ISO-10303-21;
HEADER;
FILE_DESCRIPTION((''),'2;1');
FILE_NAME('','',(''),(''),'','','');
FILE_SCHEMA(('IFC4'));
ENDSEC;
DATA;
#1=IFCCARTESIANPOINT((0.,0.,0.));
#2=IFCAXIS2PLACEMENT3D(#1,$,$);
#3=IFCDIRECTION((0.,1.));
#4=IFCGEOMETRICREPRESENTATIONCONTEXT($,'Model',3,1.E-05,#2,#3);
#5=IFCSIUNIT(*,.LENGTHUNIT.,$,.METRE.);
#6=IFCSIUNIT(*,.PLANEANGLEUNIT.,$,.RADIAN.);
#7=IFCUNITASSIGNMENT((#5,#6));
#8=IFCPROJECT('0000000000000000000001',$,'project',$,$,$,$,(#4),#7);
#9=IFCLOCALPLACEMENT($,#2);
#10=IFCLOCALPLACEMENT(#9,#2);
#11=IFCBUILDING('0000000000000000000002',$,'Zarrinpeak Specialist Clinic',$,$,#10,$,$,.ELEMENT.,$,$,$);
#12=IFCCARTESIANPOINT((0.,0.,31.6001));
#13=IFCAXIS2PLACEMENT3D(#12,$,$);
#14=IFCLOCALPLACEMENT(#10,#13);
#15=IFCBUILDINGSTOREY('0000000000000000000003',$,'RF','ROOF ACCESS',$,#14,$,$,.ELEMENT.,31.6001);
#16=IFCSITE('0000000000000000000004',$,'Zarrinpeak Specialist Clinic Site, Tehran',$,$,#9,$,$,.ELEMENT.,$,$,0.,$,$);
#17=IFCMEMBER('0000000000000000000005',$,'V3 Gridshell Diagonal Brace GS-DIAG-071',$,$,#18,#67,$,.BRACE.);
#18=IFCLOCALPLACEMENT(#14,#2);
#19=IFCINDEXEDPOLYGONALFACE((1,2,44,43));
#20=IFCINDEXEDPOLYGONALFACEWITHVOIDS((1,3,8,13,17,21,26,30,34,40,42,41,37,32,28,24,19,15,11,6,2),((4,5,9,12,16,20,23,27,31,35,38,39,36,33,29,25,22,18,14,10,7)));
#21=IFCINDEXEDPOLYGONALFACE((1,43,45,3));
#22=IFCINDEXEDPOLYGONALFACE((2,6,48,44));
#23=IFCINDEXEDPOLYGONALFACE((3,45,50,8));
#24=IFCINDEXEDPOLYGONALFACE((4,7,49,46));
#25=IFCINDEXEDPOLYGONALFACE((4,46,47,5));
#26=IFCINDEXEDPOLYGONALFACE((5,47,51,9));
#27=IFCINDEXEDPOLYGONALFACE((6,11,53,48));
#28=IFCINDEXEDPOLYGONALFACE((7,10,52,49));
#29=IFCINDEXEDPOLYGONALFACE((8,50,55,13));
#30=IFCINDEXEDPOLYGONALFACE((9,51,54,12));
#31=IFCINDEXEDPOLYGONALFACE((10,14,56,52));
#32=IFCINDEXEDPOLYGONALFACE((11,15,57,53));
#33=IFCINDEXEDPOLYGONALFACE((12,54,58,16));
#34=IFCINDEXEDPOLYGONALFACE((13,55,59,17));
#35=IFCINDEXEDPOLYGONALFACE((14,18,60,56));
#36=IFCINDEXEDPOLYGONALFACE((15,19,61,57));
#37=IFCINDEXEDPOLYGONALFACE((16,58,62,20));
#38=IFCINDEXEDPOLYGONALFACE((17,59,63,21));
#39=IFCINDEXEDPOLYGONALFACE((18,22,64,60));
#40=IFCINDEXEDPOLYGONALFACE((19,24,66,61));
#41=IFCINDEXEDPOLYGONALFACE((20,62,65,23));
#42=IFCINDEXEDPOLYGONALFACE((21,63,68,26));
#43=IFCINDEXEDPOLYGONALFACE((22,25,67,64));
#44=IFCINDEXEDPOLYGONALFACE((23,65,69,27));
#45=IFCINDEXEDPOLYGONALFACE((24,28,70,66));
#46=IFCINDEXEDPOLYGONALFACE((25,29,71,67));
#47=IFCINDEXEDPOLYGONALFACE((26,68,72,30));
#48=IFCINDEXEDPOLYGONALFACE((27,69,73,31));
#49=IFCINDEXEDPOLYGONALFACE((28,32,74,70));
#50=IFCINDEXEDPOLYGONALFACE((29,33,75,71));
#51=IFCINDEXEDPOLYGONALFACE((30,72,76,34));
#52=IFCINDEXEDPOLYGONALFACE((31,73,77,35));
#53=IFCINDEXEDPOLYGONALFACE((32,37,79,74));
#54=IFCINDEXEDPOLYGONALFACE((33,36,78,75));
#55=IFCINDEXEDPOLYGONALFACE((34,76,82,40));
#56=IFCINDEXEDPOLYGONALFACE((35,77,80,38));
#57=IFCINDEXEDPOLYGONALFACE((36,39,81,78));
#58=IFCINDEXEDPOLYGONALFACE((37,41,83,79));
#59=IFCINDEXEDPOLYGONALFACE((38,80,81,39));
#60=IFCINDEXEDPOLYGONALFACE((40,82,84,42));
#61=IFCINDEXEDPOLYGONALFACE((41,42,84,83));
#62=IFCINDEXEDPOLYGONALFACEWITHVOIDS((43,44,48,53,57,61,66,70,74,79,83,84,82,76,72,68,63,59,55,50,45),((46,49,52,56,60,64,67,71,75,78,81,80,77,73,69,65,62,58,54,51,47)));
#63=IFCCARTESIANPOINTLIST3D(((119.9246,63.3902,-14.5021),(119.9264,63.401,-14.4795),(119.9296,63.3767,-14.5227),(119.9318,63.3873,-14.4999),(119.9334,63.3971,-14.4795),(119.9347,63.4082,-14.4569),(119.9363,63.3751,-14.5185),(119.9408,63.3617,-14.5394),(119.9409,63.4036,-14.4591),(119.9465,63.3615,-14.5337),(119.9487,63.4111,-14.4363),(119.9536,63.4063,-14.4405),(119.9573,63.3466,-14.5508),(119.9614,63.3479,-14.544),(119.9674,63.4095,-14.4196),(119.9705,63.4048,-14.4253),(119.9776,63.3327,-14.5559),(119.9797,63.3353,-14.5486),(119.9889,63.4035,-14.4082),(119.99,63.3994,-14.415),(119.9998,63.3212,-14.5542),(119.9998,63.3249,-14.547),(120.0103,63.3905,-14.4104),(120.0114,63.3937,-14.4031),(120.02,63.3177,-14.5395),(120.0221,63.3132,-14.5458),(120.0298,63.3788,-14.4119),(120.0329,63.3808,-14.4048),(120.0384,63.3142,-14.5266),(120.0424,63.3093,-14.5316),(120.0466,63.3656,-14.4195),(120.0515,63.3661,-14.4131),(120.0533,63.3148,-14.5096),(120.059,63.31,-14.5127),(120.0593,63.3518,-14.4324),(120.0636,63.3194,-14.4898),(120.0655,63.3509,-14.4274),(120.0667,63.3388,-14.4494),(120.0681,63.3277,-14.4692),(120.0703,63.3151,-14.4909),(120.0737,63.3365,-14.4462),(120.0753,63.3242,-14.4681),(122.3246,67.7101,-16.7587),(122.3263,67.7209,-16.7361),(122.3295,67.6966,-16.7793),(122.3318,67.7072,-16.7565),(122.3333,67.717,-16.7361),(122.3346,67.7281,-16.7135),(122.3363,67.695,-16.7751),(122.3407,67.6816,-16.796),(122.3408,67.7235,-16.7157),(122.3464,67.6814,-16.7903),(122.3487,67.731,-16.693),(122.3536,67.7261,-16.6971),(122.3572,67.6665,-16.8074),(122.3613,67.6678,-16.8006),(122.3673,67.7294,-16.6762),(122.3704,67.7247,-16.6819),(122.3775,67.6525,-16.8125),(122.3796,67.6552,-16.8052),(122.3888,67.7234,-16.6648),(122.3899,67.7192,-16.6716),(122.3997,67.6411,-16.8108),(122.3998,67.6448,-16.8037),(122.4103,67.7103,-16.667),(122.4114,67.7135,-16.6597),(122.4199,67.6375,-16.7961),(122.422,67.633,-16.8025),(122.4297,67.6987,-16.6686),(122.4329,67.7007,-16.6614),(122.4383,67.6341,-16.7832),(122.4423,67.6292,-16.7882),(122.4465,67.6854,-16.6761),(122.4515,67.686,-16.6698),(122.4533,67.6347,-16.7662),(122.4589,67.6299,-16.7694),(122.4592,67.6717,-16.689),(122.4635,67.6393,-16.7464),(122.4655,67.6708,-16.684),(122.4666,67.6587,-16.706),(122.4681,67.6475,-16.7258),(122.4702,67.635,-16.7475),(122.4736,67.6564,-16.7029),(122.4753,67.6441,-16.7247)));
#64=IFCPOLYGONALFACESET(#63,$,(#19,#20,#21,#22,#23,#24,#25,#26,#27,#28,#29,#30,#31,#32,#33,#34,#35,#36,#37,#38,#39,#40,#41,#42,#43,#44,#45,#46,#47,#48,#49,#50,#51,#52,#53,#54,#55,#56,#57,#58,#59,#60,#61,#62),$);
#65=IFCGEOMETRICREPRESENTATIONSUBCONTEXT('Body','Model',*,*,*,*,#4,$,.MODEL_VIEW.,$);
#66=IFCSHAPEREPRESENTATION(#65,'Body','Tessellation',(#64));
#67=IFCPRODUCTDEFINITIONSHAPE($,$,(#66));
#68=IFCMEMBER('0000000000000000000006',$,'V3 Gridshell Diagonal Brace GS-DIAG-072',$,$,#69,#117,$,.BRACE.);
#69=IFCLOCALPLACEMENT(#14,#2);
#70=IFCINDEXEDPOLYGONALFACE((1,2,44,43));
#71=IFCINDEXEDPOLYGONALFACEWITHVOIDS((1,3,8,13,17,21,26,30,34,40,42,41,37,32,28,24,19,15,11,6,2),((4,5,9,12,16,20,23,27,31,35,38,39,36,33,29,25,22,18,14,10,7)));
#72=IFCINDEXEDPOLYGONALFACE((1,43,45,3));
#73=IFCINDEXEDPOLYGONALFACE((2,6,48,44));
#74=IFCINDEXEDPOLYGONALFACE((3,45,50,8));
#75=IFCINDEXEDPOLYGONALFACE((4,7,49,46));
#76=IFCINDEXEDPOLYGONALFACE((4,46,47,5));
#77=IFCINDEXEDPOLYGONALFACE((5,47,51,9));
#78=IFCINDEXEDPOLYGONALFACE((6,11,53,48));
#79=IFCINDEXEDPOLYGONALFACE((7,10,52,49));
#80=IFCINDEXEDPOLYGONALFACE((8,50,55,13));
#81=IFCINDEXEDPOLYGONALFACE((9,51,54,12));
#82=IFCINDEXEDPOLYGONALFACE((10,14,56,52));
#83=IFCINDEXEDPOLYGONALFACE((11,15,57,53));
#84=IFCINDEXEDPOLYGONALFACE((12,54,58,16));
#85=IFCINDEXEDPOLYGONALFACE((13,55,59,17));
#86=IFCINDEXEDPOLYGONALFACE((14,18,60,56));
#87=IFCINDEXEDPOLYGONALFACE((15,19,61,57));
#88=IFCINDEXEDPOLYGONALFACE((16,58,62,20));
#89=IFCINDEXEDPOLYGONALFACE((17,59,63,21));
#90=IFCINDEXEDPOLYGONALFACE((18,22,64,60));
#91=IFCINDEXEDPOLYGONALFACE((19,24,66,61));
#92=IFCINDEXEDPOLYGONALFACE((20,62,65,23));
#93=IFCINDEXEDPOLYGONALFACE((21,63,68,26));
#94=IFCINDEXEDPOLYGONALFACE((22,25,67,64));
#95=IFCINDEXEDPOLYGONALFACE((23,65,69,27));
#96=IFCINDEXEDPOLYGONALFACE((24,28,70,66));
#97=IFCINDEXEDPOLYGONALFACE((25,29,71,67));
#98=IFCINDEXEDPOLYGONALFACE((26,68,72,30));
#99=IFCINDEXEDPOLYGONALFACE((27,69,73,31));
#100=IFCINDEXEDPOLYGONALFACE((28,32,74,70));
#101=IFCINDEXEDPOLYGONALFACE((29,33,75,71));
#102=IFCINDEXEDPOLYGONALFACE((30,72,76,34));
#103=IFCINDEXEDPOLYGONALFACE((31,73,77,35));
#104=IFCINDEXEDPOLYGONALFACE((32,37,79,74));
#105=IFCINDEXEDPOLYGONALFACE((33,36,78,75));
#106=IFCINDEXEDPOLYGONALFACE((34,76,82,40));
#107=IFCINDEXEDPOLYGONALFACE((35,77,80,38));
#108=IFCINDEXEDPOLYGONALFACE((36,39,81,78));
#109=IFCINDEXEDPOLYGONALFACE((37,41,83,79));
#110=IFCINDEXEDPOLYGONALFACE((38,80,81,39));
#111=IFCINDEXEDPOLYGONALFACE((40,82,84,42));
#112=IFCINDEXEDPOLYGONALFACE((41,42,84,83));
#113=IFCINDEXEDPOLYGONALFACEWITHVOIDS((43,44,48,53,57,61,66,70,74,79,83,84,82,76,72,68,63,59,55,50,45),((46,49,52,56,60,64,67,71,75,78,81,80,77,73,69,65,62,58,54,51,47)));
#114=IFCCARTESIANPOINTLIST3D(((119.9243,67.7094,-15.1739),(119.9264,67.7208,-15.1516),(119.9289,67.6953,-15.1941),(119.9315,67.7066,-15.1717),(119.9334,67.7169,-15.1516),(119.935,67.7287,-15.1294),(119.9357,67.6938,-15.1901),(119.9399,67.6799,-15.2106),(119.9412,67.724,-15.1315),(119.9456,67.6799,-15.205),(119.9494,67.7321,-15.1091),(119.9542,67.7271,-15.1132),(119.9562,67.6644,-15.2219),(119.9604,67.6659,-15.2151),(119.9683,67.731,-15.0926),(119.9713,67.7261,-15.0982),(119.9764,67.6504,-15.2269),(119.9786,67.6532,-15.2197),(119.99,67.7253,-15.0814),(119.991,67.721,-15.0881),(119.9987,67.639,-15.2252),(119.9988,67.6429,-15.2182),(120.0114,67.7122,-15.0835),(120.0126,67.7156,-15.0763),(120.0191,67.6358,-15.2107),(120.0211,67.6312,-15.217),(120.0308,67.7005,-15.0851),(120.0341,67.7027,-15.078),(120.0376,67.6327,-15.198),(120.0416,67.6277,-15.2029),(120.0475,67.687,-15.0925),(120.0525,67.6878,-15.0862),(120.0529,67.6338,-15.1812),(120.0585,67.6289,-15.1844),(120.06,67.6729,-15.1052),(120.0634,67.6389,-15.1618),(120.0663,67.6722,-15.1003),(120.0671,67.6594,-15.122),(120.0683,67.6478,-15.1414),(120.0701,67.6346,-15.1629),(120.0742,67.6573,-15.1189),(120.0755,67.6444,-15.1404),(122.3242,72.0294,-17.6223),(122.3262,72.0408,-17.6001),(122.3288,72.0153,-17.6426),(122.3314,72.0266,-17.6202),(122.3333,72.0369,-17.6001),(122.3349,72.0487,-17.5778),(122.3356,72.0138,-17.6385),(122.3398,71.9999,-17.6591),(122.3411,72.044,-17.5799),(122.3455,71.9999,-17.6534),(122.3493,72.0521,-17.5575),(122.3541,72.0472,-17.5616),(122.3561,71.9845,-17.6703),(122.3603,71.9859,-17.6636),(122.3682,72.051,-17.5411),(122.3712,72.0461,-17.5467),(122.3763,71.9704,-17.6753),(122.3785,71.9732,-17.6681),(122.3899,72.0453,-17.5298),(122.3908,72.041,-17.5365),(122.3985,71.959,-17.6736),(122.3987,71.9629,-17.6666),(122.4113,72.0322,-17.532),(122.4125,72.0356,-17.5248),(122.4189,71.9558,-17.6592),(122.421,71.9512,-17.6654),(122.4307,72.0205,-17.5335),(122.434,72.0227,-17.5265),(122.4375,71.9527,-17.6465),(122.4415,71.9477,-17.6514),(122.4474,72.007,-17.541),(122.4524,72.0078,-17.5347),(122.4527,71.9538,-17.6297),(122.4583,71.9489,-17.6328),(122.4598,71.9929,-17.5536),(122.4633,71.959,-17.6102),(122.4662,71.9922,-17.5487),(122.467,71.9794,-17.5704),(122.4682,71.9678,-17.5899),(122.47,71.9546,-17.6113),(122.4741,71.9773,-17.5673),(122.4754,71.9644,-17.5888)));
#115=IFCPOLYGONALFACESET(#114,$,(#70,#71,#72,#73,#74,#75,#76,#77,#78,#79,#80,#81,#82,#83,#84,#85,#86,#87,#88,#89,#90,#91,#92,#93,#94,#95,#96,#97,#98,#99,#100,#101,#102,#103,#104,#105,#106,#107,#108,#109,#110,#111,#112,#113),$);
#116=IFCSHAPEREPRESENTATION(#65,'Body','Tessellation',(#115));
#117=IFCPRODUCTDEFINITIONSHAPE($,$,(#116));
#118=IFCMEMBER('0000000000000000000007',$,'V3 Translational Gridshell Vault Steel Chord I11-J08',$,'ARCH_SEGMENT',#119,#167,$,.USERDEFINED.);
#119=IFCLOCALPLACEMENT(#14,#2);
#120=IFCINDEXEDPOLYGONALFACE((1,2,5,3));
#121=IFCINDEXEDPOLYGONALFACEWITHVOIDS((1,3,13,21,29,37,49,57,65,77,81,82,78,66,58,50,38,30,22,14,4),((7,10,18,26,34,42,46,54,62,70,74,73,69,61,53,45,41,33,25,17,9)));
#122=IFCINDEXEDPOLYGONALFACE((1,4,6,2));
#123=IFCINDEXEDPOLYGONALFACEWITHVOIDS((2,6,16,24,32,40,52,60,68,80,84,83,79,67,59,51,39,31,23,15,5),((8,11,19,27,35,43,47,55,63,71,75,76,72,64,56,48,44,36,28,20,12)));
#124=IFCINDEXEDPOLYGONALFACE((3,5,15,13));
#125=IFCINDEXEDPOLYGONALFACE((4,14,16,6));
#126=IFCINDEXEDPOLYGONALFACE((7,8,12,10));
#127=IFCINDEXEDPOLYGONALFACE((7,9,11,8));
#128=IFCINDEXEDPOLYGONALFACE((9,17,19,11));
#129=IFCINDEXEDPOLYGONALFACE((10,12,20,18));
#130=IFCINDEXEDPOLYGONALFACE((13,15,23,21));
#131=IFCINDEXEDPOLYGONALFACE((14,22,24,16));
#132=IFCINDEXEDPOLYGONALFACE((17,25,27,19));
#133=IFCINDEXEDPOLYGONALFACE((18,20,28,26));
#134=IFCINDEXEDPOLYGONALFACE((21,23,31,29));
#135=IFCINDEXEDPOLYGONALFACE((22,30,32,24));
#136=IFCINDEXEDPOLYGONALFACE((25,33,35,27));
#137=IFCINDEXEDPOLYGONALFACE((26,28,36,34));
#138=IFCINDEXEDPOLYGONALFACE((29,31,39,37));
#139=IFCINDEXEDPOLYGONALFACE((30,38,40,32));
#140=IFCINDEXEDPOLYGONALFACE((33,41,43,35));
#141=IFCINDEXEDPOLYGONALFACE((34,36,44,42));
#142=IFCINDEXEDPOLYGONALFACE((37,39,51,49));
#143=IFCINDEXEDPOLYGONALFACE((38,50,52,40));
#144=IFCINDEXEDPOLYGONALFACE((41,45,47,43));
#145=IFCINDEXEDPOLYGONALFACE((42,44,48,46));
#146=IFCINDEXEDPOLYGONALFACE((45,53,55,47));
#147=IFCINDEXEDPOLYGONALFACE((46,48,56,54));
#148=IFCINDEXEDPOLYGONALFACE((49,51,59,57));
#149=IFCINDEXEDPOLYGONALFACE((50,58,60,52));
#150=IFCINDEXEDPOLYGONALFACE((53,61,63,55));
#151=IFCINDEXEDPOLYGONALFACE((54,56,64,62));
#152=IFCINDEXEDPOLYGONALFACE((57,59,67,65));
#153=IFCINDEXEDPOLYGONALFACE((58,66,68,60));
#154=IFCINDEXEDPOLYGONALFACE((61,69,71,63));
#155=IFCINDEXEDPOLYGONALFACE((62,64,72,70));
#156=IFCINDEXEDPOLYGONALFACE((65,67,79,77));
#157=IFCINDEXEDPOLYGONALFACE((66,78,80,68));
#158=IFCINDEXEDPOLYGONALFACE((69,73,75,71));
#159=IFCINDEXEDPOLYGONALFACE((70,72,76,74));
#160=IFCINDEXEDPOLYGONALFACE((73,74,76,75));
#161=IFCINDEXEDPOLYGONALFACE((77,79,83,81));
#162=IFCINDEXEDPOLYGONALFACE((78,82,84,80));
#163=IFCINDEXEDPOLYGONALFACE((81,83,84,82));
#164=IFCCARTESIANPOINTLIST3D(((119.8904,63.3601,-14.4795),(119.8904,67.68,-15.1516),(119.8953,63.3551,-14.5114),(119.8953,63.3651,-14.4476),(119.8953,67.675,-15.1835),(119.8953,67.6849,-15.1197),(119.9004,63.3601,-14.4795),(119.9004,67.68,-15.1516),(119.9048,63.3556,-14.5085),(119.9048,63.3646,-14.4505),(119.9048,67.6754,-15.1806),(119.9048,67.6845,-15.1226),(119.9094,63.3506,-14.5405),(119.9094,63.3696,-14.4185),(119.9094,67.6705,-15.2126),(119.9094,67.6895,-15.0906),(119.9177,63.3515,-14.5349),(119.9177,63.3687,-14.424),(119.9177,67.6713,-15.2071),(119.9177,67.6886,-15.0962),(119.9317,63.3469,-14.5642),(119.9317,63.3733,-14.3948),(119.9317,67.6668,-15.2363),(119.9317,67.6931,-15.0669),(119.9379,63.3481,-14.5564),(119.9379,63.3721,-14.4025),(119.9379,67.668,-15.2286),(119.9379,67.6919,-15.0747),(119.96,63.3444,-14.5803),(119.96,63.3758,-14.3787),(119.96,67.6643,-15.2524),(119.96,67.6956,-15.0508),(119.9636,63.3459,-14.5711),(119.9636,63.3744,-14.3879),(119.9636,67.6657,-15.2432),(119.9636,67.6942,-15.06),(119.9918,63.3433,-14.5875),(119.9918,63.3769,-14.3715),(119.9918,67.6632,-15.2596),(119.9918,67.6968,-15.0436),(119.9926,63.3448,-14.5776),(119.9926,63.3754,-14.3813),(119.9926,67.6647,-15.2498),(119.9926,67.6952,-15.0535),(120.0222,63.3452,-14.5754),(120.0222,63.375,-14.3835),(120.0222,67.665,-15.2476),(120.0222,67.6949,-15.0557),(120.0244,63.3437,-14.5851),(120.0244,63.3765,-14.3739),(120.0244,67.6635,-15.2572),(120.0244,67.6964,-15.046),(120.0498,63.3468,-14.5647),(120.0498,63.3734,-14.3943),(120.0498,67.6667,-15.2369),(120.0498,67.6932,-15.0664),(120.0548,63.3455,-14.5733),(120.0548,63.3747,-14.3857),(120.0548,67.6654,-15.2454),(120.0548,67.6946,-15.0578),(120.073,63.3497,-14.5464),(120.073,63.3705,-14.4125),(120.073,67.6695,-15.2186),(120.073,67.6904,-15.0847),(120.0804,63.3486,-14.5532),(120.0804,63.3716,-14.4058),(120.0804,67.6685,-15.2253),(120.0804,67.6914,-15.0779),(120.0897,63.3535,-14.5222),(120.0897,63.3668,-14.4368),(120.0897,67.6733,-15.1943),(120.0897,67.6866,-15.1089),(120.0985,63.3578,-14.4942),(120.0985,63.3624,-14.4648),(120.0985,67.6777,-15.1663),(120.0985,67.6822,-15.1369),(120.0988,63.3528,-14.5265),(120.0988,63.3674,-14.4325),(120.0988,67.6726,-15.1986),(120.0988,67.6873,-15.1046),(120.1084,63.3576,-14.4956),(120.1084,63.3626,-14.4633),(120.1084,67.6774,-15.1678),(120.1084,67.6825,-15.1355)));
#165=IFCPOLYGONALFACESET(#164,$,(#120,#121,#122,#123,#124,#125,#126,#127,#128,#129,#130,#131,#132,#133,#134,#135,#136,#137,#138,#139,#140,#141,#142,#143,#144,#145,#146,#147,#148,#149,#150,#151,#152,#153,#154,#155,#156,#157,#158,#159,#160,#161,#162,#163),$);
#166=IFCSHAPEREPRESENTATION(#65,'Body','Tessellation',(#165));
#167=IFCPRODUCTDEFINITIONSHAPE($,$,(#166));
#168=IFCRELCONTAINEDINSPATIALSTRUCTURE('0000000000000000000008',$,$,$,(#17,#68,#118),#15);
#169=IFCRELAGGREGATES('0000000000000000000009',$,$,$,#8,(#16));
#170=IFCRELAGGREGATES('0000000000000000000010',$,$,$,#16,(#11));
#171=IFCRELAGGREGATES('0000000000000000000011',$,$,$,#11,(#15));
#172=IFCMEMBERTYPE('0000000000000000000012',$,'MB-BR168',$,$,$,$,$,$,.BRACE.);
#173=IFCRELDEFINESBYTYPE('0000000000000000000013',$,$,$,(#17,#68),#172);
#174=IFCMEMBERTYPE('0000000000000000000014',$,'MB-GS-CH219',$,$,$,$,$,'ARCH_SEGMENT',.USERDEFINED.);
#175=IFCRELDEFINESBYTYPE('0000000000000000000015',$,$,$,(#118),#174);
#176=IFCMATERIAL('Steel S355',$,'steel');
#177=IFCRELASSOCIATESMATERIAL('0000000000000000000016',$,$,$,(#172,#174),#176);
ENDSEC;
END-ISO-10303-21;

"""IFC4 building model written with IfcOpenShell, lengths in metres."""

from ifc_helpers import new_model, si_unit, direction, frame, origin, origin_2d, place, context, subcontext, project, spatial, hollow_circle, extrude, material, material_profile, profile_set, type_object, element, save


model = new_model("IFC4")

# Units and contexts
model_context = context("Model", 3, precision=1e-05, world=origin(), true_north=direction((0.0, 1.0)))
body_context = subcontext(model_context, "Body", "Model", "MODEL_VIEW")
ifc_project = project(units=[si_unit("LENGTHUNIT", "METRE"), si_unit("PLANEANGLEUNIT", "RADIAN")], contexts=[model_context])

# Site, building, storey
site_placement = place(None, origin())
site = spatial("IfcSite", under=ifc_project, at=site_placement, Name="Zarrinpeak Specialist Clinic Site, Tehran", CompositionType="ELEMENT", RefElevation=0.0)
building_placement = place(site_placement, origin())
building = spatial("IfcBuilding", under=site, at=building_placement, Name="Zarrinpeak Specialist Clinic", CompositionType="ELEMENT")
storey_placement = place(building_placement, frame((0.0, 0.0, 31.6001)))
storey = spatial("IfcBuildingStorey", under=building, at=storey_placement, Name="RF", Description="ROOF ACCESS", CompositionType="ELEMENT", Elevation=31.6001)

# Members
ifc_material_1 = material(Name="Steel S355", Category="steel")
ifc_material_profile_1 = material_profile(ifc_material_1, hollow_circle(Radius=0.0842, WallThickness=0.0081, at=origin_2d()), Name="CHS 168.3x8.0")
ifc_profile_set_1 = profile_set([ifc_material_profile_1], Name="Steel S355")
member_type_1 = type_object("IfcMemberType", Name="MB-BR168", PredefinedType="BRACE", material=ifc_profile_set_1)
member_1_placement = place(storey_placement, frame((120.0, 63.3601, -14.4795), z_axis=(0.441763, 0.795174, -0.415383), x_axis=(-0.874157, 0.485643, 0.0)))
element("IfcMember", 1, at=member_1_placement, inside=storey, type_object=member_type_1, Name="V3 Gridshell Diagonal Brace GS-DIAG-071", PredefinedType="BRACE", context=body_context, shape_type="SweptSolid", body=[
    extrude(hollow_circle(Radius=0.0842, WallThickness=0.0081, at=origin_2d()), origin(), (0.0, 0.0, 1.0), 5.4326),
])
member_2_placement = place(storey_placement, frame((120.0, 67.6799, -15.1516), z_axis=(0.435142, 0.7833, -0.443951), x_axis=(-0.874169, 0.485622, 0.0)))
element("IfcMember", 2, at=member_2_placement, inside=storey, type_object=member_type_1, Name="V3 Gridshell Diagonal Brace GS-DIAG-072", PredefinedType="BRACE", context=body_context, shape_type="SweptSolid", body=[
    extrude(hollow_circle(Radius=0.0842, WallThickness=0.0081, at=origin_2d()), origin(), (0.0, 0.0, 1.0), 5.5151),
])
ifc_material_profile_2 = material_profile(ifc_material_1, hollow_circle(Radius=0.1096, WallThickness=0.01, at=origin_2d()), Name="CHS 219.1x10.0")
ifc_profile_set_2 = profile_set([ifc_material_profile_2], Name="Steel S355")
member_type_2 = type_object("IfcMemberType", Name="MB-GS-CH219", ElementType="ARCH_SEGMENT", PredefinedType="USERDEFINED", material=ifc_profile_set_2)
member_3_placement = place(storey_placement, frame((120.0, 63.3601, -14.4795), z_axis=(0.0, 0.988111, -0.15374), x_axis=(-1.0, 0.0, 0.0)))
element("IfcMember", 3, at=member_3_placement, inside=storey, type_object=member_type_2, Name="V3 Translational Gridshell Vault Steel Chord I11-J08", ObjectType="ARCH_SEGMENT", PredefinedType="USERDEFINED", context=body_context, shape_type="SweptSolid", body=[
    extrude(hollow_circle(Radius=0.1096, WallThickness=0.01, at=origin_2d()), origin(), (0.0, 0.0, 1.0), 4.3718),
])

save(model, "model.ifc")
